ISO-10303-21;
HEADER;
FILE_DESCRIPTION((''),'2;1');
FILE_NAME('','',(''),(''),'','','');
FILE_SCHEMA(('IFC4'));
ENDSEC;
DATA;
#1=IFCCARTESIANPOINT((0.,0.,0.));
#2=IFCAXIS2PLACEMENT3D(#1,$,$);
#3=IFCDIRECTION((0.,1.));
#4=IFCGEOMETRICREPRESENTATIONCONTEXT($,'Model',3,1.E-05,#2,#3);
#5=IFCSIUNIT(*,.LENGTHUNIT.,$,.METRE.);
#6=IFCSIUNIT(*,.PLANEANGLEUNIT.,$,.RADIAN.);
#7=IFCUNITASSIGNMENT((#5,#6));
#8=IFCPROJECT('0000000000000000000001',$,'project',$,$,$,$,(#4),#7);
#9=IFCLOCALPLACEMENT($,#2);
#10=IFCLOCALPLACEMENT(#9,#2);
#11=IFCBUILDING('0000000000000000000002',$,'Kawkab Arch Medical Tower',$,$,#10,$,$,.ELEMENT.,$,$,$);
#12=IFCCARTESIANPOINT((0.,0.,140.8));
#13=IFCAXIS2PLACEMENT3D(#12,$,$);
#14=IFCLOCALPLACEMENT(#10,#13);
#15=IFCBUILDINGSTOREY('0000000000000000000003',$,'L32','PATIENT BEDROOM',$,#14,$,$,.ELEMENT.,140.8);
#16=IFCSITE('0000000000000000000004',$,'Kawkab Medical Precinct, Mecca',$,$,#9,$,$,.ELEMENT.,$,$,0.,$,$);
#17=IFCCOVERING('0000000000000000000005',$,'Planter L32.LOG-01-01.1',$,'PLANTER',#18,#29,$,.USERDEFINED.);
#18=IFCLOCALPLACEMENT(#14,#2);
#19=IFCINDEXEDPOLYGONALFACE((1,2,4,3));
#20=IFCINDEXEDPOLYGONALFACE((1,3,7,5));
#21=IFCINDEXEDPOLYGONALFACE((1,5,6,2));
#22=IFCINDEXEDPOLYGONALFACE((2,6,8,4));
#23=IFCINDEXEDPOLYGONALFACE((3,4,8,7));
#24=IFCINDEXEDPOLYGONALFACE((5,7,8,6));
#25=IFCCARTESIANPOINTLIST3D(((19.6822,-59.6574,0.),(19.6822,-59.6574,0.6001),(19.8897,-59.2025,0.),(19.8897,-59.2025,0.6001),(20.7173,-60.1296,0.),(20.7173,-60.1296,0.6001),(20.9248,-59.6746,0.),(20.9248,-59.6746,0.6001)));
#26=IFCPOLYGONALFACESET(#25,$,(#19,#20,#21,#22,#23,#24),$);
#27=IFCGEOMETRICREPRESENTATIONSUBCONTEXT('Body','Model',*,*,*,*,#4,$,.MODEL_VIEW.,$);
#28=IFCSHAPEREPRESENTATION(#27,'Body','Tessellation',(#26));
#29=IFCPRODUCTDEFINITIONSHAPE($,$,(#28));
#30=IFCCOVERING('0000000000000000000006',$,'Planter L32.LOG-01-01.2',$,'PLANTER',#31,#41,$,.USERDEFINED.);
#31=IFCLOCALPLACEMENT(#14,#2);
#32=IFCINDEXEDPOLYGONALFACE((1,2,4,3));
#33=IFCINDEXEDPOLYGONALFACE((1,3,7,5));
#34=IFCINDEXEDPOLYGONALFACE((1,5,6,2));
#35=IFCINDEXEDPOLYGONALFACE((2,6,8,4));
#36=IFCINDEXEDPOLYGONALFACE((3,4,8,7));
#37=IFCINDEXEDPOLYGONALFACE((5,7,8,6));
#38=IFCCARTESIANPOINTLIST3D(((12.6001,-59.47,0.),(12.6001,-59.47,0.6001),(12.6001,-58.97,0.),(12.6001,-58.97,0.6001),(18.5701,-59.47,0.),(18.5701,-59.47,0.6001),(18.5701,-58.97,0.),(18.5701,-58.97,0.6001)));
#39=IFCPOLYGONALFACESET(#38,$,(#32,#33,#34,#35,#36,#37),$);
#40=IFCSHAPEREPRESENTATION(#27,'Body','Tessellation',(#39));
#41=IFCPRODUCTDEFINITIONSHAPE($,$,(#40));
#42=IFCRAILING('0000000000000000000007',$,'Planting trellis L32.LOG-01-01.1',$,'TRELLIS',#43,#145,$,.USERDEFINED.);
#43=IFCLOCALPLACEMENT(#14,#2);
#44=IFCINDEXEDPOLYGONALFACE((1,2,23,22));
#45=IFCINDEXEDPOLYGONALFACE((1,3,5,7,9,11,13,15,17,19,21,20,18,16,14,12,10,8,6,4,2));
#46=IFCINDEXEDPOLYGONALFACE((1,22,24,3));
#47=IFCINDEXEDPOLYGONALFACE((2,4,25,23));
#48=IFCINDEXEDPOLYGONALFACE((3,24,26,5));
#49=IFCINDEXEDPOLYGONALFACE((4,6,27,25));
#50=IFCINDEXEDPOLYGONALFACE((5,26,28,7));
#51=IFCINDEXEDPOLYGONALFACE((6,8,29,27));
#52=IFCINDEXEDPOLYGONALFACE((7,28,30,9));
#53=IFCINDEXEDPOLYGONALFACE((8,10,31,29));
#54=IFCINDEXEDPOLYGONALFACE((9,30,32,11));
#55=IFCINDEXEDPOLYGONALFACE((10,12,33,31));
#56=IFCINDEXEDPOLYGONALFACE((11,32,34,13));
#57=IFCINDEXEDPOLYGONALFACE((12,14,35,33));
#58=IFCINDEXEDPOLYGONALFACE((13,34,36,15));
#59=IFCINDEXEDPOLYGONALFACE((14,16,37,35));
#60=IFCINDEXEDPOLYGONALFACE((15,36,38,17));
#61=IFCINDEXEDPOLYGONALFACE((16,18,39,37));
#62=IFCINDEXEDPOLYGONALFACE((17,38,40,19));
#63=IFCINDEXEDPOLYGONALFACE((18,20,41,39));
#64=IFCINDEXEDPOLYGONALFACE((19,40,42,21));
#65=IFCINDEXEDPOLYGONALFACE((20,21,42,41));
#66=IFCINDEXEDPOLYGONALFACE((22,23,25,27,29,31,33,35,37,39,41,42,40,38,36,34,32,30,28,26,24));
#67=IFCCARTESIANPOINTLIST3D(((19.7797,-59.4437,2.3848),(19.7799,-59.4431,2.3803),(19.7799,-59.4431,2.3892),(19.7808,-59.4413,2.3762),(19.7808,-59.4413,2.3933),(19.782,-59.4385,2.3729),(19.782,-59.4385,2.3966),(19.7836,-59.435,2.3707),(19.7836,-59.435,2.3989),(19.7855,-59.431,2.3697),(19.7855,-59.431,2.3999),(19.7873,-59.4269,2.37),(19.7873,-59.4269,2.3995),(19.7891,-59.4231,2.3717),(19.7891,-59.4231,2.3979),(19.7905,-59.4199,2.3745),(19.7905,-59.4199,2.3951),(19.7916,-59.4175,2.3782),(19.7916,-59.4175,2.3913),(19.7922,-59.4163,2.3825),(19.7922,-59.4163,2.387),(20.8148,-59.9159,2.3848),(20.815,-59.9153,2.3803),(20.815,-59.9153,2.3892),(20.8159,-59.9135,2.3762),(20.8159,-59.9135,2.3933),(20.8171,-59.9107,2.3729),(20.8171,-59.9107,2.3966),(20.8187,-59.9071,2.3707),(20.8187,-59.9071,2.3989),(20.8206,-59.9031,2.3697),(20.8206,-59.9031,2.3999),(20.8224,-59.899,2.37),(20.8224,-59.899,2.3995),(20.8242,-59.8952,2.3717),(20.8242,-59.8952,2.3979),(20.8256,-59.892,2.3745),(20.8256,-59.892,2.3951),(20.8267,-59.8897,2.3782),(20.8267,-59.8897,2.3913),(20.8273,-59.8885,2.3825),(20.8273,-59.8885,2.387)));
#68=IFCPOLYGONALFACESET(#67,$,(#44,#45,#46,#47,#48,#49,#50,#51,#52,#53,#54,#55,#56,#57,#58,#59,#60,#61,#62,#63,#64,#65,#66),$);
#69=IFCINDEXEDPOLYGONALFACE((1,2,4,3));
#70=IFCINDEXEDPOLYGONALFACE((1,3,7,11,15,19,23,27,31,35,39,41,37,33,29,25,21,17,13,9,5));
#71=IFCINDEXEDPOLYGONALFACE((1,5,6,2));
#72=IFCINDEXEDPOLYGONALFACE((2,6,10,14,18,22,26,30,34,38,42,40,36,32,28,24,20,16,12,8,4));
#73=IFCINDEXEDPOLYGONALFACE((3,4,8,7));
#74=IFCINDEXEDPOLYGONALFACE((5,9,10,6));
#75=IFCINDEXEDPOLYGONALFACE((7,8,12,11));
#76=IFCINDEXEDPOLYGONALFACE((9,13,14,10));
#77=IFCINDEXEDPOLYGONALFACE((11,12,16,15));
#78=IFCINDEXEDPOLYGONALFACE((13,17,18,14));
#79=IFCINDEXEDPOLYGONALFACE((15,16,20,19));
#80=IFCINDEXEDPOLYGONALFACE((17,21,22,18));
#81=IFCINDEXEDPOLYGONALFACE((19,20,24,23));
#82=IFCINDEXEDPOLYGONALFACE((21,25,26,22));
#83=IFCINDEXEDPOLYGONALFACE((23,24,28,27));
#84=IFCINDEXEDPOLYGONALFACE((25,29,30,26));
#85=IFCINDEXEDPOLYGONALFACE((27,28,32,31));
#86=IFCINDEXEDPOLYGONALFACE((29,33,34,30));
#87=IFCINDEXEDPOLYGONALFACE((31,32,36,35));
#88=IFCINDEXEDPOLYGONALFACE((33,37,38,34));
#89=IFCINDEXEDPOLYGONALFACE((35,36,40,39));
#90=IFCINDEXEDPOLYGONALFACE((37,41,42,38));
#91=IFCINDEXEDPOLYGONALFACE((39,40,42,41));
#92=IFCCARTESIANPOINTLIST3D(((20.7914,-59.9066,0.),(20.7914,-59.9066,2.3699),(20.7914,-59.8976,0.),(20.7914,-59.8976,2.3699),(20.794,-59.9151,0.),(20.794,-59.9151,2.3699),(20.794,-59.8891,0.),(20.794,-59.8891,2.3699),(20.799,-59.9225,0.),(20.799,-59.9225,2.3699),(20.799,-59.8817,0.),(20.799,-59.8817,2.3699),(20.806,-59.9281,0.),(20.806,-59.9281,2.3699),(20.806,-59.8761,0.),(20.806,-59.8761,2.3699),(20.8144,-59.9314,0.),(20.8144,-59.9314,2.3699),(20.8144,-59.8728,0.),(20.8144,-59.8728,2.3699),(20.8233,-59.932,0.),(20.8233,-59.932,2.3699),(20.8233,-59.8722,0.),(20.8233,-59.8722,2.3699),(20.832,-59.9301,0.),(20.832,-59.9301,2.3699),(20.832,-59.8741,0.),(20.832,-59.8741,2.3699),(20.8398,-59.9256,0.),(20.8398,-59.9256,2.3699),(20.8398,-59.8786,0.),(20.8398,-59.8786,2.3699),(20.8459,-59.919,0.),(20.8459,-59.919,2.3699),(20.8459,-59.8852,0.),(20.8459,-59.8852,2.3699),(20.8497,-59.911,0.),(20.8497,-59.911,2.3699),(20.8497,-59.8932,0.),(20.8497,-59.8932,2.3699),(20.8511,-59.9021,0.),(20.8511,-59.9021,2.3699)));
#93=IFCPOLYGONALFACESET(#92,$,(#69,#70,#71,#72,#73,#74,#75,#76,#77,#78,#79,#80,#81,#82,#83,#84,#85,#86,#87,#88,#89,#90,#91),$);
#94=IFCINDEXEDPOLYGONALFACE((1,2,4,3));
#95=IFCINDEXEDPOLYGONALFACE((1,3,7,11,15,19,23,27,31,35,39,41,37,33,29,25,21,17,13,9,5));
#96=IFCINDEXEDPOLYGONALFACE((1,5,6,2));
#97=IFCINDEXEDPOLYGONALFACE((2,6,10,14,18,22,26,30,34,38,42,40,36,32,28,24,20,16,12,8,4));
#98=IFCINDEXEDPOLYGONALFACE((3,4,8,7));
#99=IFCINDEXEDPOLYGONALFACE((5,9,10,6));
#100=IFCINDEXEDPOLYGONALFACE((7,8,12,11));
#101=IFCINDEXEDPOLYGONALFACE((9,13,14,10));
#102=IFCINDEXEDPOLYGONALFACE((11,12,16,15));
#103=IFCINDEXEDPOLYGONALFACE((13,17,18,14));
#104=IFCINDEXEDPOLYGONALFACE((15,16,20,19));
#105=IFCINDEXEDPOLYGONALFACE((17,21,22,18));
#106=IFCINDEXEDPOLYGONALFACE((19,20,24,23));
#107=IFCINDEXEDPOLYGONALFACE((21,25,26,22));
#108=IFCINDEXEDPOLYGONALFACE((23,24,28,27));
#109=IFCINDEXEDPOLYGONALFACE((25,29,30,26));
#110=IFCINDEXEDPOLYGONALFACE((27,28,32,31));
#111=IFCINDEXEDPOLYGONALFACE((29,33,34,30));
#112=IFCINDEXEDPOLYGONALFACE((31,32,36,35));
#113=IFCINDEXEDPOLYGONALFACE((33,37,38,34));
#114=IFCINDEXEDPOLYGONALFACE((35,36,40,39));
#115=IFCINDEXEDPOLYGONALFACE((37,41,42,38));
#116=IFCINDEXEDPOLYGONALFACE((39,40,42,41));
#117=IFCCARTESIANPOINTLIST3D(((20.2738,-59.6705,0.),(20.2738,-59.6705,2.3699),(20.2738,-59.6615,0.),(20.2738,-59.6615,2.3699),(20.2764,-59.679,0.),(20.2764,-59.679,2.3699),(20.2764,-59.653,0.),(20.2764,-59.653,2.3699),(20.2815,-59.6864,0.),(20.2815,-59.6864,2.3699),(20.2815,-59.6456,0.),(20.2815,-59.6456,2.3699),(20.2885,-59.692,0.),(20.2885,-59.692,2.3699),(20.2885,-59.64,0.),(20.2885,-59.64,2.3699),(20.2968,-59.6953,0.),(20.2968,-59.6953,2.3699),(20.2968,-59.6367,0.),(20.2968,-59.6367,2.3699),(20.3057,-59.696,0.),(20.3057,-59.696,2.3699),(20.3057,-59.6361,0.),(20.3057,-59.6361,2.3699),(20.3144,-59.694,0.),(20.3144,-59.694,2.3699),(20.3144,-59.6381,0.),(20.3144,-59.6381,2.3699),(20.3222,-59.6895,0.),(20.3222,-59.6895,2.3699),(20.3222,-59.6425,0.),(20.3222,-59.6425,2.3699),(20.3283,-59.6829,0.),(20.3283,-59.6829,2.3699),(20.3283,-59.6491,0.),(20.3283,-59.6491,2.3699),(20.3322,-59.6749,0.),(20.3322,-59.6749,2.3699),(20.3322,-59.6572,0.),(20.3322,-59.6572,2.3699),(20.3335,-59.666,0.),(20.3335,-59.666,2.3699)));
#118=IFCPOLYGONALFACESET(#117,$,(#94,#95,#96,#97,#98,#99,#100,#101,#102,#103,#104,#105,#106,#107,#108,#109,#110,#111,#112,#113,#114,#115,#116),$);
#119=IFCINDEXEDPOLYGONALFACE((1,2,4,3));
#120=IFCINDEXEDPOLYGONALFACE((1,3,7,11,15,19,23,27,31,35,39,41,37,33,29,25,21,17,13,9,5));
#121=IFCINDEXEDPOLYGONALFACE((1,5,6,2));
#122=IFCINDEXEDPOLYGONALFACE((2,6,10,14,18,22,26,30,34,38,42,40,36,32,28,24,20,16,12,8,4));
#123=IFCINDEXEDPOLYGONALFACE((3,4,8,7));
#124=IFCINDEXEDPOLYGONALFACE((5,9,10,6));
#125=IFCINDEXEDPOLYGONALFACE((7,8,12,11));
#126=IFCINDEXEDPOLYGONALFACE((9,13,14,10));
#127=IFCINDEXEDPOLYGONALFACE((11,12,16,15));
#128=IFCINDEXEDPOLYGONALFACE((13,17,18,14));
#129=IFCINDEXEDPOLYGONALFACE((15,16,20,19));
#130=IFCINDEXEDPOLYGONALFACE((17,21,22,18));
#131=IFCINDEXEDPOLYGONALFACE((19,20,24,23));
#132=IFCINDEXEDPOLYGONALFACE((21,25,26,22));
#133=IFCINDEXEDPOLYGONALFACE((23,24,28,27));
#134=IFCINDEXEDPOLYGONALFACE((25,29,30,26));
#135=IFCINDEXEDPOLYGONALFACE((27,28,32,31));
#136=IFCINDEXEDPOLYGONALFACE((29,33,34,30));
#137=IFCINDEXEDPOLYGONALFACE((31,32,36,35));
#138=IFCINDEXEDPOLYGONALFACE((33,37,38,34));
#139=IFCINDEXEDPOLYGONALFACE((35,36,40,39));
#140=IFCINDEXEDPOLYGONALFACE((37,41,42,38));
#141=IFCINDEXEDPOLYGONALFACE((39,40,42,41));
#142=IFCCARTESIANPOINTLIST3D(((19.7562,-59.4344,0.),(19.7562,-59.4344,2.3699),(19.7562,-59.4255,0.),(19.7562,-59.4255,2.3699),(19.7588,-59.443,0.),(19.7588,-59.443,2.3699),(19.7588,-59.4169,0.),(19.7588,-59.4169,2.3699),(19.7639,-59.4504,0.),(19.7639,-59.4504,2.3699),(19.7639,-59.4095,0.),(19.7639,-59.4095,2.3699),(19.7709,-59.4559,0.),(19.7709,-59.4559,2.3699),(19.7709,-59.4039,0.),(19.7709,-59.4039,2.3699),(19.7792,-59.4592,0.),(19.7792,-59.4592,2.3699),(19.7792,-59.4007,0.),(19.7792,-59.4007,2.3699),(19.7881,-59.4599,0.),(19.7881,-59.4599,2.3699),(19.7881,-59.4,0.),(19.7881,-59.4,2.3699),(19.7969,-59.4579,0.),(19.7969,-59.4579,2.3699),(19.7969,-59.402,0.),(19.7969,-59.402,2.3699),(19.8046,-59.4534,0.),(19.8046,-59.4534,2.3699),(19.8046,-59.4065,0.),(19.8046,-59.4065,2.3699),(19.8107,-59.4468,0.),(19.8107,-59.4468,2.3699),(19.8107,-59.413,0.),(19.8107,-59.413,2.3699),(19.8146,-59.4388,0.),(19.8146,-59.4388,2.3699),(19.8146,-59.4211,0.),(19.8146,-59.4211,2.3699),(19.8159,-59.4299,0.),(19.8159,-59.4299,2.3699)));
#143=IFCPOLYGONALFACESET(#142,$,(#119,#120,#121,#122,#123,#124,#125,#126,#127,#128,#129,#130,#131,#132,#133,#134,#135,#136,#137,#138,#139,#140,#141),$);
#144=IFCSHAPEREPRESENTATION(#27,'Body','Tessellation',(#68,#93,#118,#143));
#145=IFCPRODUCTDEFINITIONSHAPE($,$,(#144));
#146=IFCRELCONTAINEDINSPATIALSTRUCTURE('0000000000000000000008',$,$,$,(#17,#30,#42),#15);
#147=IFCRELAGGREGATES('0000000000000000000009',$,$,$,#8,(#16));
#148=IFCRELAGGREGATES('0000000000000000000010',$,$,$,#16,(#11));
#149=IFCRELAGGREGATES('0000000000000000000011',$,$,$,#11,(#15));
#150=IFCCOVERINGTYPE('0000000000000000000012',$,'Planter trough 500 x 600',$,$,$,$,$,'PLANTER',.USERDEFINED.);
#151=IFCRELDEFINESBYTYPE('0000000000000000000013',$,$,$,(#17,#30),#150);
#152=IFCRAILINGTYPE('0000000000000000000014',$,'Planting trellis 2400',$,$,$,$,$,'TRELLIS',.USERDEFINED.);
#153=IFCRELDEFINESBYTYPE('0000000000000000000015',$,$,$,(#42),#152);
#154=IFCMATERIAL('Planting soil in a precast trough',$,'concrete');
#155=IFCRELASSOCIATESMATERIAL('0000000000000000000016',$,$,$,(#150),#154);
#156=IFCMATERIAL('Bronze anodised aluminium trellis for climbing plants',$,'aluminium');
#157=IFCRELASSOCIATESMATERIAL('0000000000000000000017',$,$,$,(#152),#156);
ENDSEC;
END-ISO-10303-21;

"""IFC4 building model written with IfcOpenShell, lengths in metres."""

from ifc_helpers import new_model, si_unit, direction, frame, origin, origin_2d, place, context, subcontext, project, spatial, rectangle, circle, extrude, material, material_profile, profile_set, type_object, element, save


model = new_model("IFC4")

# Units and contexts
model_context = context("Model", 3, precision=1e-05, world=origin(), true_north=direction((0.0, 1.0)))
body_context = subcontext(model_context, "Body", "Model", "MODEL_VIEW")
ifc_project = project(units=[si_unit("LENGTHUNIT", "METRE"), si_unit("PLANEANGLEUNIT", "RADIAN")], contexts=[model_context])

# Site, building, storey
site_placement = place(None, origin())
site = spatial("IfcSite", under=ifc_project, at=site_placement, Name="Kawkab Medical Precinct, Mecca", CompositionType="ELEMENT", RefElevation=0.0)
building_placement = place(site_placement, origin())
building = spatial("IfcBuilding", under=site, at=building_placement, Name="Kawkab Arch Medical Tower", CompositionType="ELEMENT")
storey_placement = place(building_placement, frame((0.0, 0.0, 140.8)))
storey = spatial("IfcBuildingStorey", under=building, at=storey_placement, Name="L32", Description="PATIENT BEDROOM", CompositionType="ELEMENT", Elevation=140.8)

# Coverings
ifc_material_1 = material(Name="Planting soil in a precast trough", Category="concrete")
ifc_material_profile_1 = material_profile(ifc_material_1, rectangle(XDim=0.5, YDim=0.6001, at=origin_2d()), Name="Trough 500x600")
ifc_profile_set_1 = profile_set([ifc_material_profile_1], Name="Planting soil in a precast trough")
covering_type = type_object("IfcCoveringType", Name="Planter trough 500 x 600", ElementType="PLANTER", PredefinedType="USERDEFINED", material=ifc_profile_set_1)
covering_1_placement = place(storey_placement, frame((20.821, -59.9021, 0.3), z_axis=(-0.909822, 0.414999, 0.0), x_axis=(-0.414999, -0.909822, 0.0)))
element("IfcCovering", 1, at=covering_1_placement, inside=storey, type_object=covering_type, Name="Planter L32.LOG-01-01.1", ObjectType="PLANTER", PredefinedType="USERDEFINED", context=body_context, shape_type="SweptSolid", body=[
    extrude(rectangle(XDim=0.5, YDim=0.6001, at=origin_2d()), origin(), (0.0, 0.0, 1.0), 1.1377),
])
covering_2_placement = place(storey_placement, frame((18.5701, -59.22, 0.3), z_axis=(-1.0, 0.0, 0.0), x_axis=(0.0, -1.0, 0.0)))
element("IfcCovering", 2, at=covering_2_placement, inside=storey, type_object=covering_type, Name="Planter L32.LOG-01-01.2", ObjectType="PLANTER", PredefinedType="USERDEFINED", context=body_context, shape_type="SweptSolid", body=[
    extrude(rectangle(XDim=0.5, YDim=0.6001, at=origin_2d()), origin(), (0.0, 0.0, 1.0), 5.97),
])

# Railing
ifc_material_2 = material(Name="Bronze anodised aluminium trellis for climbing plants", Category="aluminium")
railing_type_1 = type_object("IfcRailingType", Name="Planting trellis 2400", ElementType="TRELLIS", PredefinedType="USERDEFINED", material=ifc_material_2)
railing_1_placement = place(storey_placement, frame((20.821, -59.9021, 0.0)))
element("IfcRailing", 3, at=railing_1_placement, inside=storey, type_object=railing_type_1, Name="Planting trellis L32.LOG-01-01.1", ObjectType="TRELLIS", PredefinedType="USERDEFINED", context=body_context, shape_type="SweptSolid", body=[
    extrude(circle(Radius=0.0151, at=origin_2d()), frame((0.0, 0.0, 2.3848), z_axis=(-0.909822, 0.414999, 0.0), x_axis=(-0.414999, -0.909822, 0.0)), (0.0, 0.0, 1.0), 1.1377),
    extrude(circle(Radius=0.03, at=origin_2d()), origin(), (0.0, 0.0, 1.0), 2.3699),
    extrude(circle(Radius=0.03, at=origin_2d()), frame((-0.5176, 0.2361, 0.0)), (0.0, 0.0, 1.0), 2.3699),
    extrude(circle(Radius=0.03, at=origin_2d()), frame((-1.0352, 0.4722, 0.0)), (0.0, 0.0, 1.0), 2.3699),
])

save(model, "model.ifc")
